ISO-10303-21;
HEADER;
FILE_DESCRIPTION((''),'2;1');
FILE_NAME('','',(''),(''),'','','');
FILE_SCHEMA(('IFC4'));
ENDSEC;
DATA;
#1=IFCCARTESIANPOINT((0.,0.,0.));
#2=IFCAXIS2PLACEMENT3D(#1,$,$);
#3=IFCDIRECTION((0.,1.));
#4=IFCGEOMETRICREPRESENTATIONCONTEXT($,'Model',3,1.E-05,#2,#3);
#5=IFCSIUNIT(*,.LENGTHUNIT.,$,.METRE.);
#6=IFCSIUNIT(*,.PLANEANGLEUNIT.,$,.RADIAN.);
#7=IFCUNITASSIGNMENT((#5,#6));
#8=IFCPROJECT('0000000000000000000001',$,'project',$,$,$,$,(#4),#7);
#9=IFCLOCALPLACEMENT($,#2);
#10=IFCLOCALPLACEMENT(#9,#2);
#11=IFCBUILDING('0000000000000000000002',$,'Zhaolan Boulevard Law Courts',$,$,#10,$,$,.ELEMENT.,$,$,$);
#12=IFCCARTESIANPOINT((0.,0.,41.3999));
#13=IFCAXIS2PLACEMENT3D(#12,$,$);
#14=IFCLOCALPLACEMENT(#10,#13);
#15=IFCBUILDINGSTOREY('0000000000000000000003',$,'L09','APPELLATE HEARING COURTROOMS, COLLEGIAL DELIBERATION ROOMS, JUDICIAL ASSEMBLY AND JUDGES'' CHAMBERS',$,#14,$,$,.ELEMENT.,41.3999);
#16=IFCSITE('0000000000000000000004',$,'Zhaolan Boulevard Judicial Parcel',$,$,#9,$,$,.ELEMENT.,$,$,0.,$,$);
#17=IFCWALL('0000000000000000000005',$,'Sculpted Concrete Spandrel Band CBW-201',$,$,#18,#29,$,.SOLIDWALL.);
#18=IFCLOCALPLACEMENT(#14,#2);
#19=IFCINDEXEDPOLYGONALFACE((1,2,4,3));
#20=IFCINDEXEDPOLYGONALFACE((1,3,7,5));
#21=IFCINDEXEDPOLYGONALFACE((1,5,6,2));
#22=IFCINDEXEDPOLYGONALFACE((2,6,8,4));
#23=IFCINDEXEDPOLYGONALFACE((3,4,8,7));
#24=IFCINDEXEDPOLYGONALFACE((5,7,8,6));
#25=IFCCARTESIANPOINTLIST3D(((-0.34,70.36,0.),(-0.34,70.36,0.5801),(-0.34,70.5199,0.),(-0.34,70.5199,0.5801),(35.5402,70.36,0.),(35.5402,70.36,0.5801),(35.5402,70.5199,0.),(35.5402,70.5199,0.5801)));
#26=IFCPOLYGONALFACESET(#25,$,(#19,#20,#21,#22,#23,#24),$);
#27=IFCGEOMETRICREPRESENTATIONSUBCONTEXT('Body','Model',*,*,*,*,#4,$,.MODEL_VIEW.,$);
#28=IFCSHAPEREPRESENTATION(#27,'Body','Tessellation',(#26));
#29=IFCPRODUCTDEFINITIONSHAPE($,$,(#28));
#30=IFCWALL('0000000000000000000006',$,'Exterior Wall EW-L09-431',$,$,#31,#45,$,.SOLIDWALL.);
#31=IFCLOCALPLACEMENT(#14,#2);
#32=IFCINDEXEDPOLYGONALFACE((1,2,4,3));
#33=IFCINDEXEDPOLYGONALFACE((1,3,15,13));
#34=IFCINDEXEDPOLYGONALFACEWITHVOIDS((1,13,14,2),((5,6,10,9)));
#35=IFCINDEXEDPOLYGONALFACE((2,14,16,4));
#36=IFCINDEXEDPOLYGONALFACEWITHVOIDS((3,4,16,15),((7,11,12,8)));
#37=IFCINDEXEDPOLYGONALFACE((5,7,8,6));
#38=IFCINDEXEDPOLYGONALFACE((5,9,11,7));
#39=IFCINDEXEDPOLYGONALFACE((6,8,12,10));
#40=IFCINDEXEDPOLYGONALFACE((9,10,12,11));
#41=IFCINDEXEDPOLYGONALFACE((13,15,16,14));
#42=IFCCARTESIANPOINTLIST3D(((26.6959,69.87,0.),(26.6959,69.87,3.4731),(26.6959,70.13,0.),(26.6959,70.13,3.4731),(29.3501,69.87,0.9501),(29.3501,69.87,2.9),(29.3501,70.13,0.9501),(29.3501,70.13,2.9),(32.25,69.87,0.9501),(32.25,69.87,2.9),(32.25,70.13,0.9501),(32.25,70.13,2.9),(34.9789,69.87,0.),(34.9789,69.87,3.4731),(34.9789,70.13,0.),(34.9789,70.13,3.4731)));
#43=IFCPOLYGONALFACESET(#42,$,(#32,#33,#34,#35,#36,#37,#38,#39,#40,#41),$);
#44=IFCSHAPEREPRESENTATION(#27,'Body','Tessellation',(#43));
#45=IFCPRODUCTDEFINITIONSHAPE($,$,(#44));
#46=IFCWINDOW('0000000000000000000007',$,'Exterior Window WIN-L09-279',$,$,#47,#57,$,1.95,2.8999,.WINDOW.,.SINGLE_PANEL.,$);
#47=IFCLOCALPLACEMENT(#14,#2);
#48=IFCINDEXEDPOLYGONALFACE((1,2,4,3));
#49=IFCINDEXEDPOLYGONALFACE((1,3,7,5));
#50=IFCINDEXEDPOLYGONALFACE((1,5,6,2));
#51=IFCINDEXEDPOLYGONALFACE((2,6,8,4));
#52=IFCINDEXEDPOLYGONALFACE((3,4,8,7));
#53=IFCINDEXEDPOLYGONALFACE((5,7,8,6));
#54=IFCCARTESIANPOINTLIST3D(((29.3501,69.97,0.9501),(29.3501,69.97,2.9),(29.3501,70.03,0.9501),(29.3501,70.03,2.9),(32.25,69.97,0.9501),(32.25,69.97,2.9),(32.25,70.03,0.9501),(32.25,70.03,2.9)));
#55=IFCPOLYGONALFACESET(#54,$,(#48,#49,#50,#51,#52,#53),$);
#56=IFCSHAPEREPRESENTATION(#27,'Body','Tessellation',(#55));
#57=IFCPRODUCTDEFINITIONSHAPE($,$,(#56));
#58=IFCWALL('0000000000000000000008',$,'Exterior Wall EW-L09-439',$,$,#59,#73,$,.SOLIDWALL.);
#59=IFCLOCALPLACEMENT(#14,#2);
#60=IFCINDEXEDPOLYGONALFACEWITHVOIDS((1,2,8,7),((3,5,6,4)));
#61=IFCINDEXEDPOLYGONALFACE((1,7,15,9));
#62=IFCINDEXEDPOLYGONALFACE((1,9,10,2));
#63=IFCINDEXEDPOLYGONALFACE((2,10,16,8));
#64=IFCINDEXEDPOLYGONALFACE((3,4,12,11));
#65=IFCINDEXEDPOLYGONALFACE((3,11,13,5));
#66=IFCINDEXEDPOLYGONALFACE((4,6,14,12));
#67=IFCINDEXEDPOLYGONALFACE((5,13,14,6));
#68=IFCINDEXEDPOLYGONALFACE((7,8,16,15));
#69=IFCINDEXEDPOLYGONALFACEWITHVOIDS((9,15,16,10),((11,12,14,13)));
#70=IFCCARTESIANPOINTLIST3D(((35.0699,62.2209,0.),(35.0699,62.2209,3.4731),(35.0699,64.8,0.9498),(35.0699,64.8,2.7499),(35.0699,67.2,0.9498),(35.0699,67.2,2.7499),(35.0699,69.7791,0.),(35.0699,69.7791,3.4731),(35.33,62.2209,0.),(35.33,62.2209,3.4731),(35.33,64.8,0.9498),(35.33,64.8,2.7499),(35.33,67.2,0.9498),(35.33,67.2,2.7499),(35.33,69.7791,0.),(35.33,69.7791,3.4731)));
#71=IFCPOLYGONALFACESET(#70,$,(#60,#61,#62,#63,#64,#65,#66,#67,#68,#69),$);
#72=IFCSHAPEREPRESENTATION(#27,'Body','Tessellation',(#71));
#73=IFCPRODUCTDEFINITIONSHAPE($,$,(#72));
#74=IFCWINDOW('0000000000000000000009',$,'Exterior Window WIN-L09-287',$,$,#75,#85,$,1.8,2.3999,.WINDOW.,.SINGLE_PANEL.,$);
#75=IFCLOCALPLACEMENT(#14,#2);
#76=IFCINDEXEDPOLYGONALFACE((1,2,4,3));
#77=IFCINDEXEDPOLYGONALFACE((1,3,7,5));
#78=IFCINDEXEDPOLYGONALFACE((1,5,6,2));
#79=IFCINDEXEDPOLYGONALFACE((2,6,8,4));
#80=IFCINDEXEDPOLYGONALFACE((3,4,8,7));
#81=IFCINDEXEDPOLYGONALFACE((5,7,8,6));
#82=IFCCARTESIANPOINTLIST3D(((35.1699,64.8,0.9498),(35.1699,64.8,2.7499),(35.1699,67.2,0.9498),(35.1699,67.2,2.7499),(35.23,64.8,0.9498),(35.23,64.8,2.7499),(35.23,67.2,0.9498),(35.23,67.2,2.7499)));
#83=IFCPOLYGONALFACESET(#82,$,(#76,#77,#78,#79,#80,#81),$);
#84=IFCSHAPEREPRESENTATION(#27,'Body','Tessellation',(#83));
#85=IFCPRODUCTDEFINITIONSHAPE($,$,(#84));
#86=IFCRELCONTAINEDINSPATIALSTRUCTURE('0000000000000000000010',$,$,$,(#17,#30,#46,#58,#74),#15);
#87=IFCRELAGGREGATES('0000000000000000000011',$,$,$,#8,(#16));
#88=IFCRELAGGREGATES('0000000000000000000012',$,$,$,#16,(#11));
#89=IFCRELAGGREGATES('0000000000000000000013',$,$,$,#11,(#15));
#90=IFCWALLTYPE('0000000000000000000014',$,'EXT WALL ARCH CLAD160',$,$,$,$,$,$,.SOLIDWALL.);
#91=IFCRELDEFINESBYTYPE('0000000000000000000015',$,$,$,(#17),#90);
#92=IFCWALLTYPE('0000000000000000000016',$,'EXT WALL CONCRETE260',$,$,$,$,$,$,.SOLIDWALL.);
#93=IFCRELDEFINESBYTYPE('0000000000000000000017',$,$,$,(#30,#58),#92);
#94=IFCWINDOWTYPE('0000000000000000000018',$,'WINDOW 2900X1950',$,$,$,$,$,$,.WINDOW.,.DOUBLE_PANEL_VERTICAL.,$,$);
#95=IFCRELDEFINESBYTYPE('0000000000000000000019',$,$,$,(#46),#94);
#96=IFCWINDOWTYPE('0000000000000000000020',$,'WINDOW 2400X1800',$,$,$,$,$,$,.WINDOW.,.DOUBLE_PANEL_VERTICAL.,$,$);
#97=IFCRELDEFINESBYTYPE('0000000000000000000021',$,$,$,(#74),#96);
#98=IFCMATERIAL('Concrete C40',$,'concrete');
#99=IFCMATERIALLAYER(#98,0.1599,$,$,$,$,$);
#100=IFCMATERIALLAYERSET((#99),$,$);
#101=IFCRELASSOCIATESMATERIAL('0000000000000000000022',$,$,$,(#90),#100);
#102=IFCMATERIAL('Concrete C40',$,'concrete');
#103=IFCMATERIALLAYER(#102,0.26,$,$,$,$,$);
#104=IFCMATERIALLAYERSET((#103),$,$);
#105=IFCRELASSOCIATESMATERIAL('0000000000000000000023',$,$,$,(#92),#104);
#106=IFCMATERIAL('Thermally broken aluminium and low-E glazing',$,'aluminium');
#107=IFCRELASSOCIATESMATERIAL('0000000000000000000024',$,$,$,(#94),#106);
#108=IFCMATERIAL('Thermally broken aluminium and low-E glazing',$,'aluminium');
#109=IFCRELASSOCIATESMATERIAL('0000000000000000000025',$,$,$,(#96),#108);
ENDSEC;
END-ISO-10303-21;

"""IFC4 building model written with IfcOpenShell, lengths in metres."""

from ifc_helpers import new_model, si_unit, direction, frame, frame_2d, origin, place, context, subcontext, project, spatial, rectangle, extrude, material, layer, layer_set, type_object, element, fill, save


model = new_model("IFC4")

# Units and contexts
model_context = context("Model", 3, precision=1e-05, world=origin(), true_north=direction((0.0, 1.0)))
body_context = subcontext(model_context, "Body", "Model", "MODEL_VIEW")
ifc_project = project(units=[si_unit("LENGTHUNIT", "METRE"), si_unit("PLANEANGLEUNIT", "RADIAN")], contexts=[model_context])

# Site, building, storey
site_placement = place(None, origin())
site = spatial("IfcSite", under=ifc_project, at=site_placement, Name="Zhaolan Boulevard Judicial Parcel", CompositionType="ELEMENT", RefElevation=0.0)
building_placement = place(site_placement, origin())
building = spatial("IfcBuilding", under=site, at=building_placement, Name="Zhaolan Boulevard Law Courts", CompositionType="ELEMENT")
storey_placement = place(building_placement, frame((0.0, 0.0, 41.3999)))
storey = spatial("IfcBuildingStorey", under=building, at=storey_placement, Name="L09", Description="APPELLATE HEARING COURTROOMS, COLLEGIAL DELIBERATION ROOMS, JUDICIAL ASSEMBLY AND JUDGES' CHAMBERS", CompositionType="ELEMENT", Elevation=41.3999)

# Wall
ifc_material_1 = material(Name="Concrete C40", Category="concrete")
ifc_layer_1 = layer(ifc_material_1, 0.1599)
ifc_layer_set_1 = layer_set([ifc_layer_1])
wall_type_1 = type_object("IfcWallType", Name="EXT WALL ARCH CLAD160", PredefinedType="SOLIDWALL", material=ifc_layer_set_1)
wall_1_placement = place(storey_placement, frame((35.54, 70.4399, 0.0), z_axis=(0.0, 0.0, 1.0), x_axis=(-1.0, 0.0, 0.0)))
element("IfcWall", 1, at=wall_1_placement, inside=storey, type_object=wall_type_1, Name="Sculpted Concrete Spandrel Band CBW-201", PredefinedType="SOLIDWALL", context=body_context, shape_type="SweptSolid", body=[
    extrude(rectangle(XDim=35.8801, YDim=0.1599, at=frame_2d((17.9399, 0.0))), origin(), (0.0, 0.0, 1.0), 0.5801),
])

# Walls, openings, windows
ifc_material_2 = material(Name="Concrete C40", Category="concrete")
ifc_layer_2 = layer(ifc_material_2, 0.26)
ifc_layer_set_2 = layer_set([ifc_layer_2])
wall_type_2 = type_object("IfcWallType", Name="EXT WALL CONCRETE260", PredefinedType="SOLIDWALL", material=ifc_layer_set_2)
wall_2_placement = place(storey_placement, frame((34.979, 70.0, 0.0), z_axis=(0.0, 0.0, 1.0), x_axis=(-1.0, 0.0, 0.0)))
wall_2 = element("IfcWall", 2, at=wall_2_placement, inside=storey, type_object=wall_type_2, Name="Exterior Wall EW-L09-431", PredefinedType="SOLIDWALL", context=body_context, shape_type="SweptSolid", body=[
    extrude(rectangle(XDim=8.283, YDim=0.26, at=frame_2d((4.1416, 0.0))), origin(), (0.0, 0.0, 1.0), 3.4731),
])
opening_1_placement = place(wall_2_placement, frame((2.729, 0.0, 0.95)))
opening_1 = element("IfcOpeningElement", 3, at=opening_1_placement, cuts=wall_2, PredefinedType="OPENING", context=body_context, shape_type="SweptSolid", body=[
    extrude(rectangle(XDim=2.8999, YDim=1.95, at=frame_2d((1.45, 0.9751))), frame((0.0, 0.1399, 0.0), z_axis=(0.0, -1.0, 0.0), x_axis=(1.0, 0.0, 0.0)), (0.0, 0.0, 1.0), 0.28),
])
ifc_material_3 = material(Name="Thermally broken aluminium and low-E glazing", Category="aluminium")
window_type_1 = type_object("IfcWindowType", Name="WINDOW 2900X1950", PartitioningType="DOUBLE_PANEL_VERTICAL", PredefinedType="WINDOW", material=ifc_material_3)
window_1_placement = place(opening_1_placement, origin())
window_1 = element("IfcWindow", 4, at=window_1_placement, inside=storey, type_object=window_type_1, Name="Exterior Window WIN-L09-279", OverallHeight=1.95, OverallWidth=2.8999, PartitioningType="SINGLE_PANEL", PredefinedType="WINDOW", context=body_context, shape_type="SweptSolid", body=[
    extrude(rectangle(XDim=2.8999, YDim=1.95, at=frame_2d((1.45, 0.9751))), frame((0.0, 0.03, 0.0), z_axis=(0.0, -1.0, 0.0), x_axis=(1.0, 0.0, 0.0)), (0.0, 0.0, 1.0), 0.0601),
])
fill(opening_1, window_1)
wall_3_placement = place(storey_placement, frame((35.2, 62.2209, 0.0), z_axis=(0.0, 0.0, 1.0), x_axis=(0.0, 1.0, 0.0)))
wall_3 = element("IfcWall", 5, at=wall_3_placement, inside=storey, type_object=wall_type_2, Name="Exterior Wall EW-L09-439", PredefinedType="SOLIDWALL", context=body_context, shape_type="SweptSolid", body=[
    extrude(rectangle(XDim=7.5581, YDim=0.26, at=frame_2d((3.7791, 0.0))), origin(), (0.0, 0.0, 1.0), 3.4731),
])
opening_2_placement = place(wall_3_placement, frame((2.5791, 0.0, 0.95)))
opening_2 = element("IfcOpeningElement", 6, at=opening_2_placement, cuts=wall_3, PredefinedType="OPENING", context=body_context, shape_type="SweptSolid", body=[
    extrude(rectangle(XDim=2.3999, YDim=1.8, at=frame_2d((1.2, 0.8999))), frame((0.0, 0.1399, 0.0), z_axis=(0.0, -1.0, 0.0), x_axis=(1.0, 0.0, 0.0)), (0.0, 0.0, 1.0), 0.28),
])
ifc_material_4 = material(Name="Thermally broken aluminium and low-E glazing", Category="aluminium")
window_type_2 = type_object("IfcWindowType", Name="WINDOW 2400X1800", PartitioningType="DOUBLE_PANEL_VERTICAL", PredefinedType="WINDOW", material=ifc_material_4)
window_2_placement = place(opening_2_placement, origin())
window_2 = element("IfcWindow", 7, at=window_2_placement, inside=storey, type_object=window_type_2, Name="Exterior Window WIN-L09-287", OverallHeight=1.8, OverallWidth=2.3999, PartitioningType="SINGLE_PANEL", PredefinedType="WINDOW", context=body_context, shape_type="SweptSolid", body=[
    extrude(rectangle(XDim=2.3999, YDim=1.8, at=frame_2d((1.2, 0.8999))), frame((0.0, 0.03, 0.0), z_axis=(0.0, -1.0, 0.0), x_axis=(1.0, 0.0, 0.0)), (0.0, 0.0, 1.0), 0.0601),
])
fill(opening_2, window_2)

save(model, "model.ifc")
